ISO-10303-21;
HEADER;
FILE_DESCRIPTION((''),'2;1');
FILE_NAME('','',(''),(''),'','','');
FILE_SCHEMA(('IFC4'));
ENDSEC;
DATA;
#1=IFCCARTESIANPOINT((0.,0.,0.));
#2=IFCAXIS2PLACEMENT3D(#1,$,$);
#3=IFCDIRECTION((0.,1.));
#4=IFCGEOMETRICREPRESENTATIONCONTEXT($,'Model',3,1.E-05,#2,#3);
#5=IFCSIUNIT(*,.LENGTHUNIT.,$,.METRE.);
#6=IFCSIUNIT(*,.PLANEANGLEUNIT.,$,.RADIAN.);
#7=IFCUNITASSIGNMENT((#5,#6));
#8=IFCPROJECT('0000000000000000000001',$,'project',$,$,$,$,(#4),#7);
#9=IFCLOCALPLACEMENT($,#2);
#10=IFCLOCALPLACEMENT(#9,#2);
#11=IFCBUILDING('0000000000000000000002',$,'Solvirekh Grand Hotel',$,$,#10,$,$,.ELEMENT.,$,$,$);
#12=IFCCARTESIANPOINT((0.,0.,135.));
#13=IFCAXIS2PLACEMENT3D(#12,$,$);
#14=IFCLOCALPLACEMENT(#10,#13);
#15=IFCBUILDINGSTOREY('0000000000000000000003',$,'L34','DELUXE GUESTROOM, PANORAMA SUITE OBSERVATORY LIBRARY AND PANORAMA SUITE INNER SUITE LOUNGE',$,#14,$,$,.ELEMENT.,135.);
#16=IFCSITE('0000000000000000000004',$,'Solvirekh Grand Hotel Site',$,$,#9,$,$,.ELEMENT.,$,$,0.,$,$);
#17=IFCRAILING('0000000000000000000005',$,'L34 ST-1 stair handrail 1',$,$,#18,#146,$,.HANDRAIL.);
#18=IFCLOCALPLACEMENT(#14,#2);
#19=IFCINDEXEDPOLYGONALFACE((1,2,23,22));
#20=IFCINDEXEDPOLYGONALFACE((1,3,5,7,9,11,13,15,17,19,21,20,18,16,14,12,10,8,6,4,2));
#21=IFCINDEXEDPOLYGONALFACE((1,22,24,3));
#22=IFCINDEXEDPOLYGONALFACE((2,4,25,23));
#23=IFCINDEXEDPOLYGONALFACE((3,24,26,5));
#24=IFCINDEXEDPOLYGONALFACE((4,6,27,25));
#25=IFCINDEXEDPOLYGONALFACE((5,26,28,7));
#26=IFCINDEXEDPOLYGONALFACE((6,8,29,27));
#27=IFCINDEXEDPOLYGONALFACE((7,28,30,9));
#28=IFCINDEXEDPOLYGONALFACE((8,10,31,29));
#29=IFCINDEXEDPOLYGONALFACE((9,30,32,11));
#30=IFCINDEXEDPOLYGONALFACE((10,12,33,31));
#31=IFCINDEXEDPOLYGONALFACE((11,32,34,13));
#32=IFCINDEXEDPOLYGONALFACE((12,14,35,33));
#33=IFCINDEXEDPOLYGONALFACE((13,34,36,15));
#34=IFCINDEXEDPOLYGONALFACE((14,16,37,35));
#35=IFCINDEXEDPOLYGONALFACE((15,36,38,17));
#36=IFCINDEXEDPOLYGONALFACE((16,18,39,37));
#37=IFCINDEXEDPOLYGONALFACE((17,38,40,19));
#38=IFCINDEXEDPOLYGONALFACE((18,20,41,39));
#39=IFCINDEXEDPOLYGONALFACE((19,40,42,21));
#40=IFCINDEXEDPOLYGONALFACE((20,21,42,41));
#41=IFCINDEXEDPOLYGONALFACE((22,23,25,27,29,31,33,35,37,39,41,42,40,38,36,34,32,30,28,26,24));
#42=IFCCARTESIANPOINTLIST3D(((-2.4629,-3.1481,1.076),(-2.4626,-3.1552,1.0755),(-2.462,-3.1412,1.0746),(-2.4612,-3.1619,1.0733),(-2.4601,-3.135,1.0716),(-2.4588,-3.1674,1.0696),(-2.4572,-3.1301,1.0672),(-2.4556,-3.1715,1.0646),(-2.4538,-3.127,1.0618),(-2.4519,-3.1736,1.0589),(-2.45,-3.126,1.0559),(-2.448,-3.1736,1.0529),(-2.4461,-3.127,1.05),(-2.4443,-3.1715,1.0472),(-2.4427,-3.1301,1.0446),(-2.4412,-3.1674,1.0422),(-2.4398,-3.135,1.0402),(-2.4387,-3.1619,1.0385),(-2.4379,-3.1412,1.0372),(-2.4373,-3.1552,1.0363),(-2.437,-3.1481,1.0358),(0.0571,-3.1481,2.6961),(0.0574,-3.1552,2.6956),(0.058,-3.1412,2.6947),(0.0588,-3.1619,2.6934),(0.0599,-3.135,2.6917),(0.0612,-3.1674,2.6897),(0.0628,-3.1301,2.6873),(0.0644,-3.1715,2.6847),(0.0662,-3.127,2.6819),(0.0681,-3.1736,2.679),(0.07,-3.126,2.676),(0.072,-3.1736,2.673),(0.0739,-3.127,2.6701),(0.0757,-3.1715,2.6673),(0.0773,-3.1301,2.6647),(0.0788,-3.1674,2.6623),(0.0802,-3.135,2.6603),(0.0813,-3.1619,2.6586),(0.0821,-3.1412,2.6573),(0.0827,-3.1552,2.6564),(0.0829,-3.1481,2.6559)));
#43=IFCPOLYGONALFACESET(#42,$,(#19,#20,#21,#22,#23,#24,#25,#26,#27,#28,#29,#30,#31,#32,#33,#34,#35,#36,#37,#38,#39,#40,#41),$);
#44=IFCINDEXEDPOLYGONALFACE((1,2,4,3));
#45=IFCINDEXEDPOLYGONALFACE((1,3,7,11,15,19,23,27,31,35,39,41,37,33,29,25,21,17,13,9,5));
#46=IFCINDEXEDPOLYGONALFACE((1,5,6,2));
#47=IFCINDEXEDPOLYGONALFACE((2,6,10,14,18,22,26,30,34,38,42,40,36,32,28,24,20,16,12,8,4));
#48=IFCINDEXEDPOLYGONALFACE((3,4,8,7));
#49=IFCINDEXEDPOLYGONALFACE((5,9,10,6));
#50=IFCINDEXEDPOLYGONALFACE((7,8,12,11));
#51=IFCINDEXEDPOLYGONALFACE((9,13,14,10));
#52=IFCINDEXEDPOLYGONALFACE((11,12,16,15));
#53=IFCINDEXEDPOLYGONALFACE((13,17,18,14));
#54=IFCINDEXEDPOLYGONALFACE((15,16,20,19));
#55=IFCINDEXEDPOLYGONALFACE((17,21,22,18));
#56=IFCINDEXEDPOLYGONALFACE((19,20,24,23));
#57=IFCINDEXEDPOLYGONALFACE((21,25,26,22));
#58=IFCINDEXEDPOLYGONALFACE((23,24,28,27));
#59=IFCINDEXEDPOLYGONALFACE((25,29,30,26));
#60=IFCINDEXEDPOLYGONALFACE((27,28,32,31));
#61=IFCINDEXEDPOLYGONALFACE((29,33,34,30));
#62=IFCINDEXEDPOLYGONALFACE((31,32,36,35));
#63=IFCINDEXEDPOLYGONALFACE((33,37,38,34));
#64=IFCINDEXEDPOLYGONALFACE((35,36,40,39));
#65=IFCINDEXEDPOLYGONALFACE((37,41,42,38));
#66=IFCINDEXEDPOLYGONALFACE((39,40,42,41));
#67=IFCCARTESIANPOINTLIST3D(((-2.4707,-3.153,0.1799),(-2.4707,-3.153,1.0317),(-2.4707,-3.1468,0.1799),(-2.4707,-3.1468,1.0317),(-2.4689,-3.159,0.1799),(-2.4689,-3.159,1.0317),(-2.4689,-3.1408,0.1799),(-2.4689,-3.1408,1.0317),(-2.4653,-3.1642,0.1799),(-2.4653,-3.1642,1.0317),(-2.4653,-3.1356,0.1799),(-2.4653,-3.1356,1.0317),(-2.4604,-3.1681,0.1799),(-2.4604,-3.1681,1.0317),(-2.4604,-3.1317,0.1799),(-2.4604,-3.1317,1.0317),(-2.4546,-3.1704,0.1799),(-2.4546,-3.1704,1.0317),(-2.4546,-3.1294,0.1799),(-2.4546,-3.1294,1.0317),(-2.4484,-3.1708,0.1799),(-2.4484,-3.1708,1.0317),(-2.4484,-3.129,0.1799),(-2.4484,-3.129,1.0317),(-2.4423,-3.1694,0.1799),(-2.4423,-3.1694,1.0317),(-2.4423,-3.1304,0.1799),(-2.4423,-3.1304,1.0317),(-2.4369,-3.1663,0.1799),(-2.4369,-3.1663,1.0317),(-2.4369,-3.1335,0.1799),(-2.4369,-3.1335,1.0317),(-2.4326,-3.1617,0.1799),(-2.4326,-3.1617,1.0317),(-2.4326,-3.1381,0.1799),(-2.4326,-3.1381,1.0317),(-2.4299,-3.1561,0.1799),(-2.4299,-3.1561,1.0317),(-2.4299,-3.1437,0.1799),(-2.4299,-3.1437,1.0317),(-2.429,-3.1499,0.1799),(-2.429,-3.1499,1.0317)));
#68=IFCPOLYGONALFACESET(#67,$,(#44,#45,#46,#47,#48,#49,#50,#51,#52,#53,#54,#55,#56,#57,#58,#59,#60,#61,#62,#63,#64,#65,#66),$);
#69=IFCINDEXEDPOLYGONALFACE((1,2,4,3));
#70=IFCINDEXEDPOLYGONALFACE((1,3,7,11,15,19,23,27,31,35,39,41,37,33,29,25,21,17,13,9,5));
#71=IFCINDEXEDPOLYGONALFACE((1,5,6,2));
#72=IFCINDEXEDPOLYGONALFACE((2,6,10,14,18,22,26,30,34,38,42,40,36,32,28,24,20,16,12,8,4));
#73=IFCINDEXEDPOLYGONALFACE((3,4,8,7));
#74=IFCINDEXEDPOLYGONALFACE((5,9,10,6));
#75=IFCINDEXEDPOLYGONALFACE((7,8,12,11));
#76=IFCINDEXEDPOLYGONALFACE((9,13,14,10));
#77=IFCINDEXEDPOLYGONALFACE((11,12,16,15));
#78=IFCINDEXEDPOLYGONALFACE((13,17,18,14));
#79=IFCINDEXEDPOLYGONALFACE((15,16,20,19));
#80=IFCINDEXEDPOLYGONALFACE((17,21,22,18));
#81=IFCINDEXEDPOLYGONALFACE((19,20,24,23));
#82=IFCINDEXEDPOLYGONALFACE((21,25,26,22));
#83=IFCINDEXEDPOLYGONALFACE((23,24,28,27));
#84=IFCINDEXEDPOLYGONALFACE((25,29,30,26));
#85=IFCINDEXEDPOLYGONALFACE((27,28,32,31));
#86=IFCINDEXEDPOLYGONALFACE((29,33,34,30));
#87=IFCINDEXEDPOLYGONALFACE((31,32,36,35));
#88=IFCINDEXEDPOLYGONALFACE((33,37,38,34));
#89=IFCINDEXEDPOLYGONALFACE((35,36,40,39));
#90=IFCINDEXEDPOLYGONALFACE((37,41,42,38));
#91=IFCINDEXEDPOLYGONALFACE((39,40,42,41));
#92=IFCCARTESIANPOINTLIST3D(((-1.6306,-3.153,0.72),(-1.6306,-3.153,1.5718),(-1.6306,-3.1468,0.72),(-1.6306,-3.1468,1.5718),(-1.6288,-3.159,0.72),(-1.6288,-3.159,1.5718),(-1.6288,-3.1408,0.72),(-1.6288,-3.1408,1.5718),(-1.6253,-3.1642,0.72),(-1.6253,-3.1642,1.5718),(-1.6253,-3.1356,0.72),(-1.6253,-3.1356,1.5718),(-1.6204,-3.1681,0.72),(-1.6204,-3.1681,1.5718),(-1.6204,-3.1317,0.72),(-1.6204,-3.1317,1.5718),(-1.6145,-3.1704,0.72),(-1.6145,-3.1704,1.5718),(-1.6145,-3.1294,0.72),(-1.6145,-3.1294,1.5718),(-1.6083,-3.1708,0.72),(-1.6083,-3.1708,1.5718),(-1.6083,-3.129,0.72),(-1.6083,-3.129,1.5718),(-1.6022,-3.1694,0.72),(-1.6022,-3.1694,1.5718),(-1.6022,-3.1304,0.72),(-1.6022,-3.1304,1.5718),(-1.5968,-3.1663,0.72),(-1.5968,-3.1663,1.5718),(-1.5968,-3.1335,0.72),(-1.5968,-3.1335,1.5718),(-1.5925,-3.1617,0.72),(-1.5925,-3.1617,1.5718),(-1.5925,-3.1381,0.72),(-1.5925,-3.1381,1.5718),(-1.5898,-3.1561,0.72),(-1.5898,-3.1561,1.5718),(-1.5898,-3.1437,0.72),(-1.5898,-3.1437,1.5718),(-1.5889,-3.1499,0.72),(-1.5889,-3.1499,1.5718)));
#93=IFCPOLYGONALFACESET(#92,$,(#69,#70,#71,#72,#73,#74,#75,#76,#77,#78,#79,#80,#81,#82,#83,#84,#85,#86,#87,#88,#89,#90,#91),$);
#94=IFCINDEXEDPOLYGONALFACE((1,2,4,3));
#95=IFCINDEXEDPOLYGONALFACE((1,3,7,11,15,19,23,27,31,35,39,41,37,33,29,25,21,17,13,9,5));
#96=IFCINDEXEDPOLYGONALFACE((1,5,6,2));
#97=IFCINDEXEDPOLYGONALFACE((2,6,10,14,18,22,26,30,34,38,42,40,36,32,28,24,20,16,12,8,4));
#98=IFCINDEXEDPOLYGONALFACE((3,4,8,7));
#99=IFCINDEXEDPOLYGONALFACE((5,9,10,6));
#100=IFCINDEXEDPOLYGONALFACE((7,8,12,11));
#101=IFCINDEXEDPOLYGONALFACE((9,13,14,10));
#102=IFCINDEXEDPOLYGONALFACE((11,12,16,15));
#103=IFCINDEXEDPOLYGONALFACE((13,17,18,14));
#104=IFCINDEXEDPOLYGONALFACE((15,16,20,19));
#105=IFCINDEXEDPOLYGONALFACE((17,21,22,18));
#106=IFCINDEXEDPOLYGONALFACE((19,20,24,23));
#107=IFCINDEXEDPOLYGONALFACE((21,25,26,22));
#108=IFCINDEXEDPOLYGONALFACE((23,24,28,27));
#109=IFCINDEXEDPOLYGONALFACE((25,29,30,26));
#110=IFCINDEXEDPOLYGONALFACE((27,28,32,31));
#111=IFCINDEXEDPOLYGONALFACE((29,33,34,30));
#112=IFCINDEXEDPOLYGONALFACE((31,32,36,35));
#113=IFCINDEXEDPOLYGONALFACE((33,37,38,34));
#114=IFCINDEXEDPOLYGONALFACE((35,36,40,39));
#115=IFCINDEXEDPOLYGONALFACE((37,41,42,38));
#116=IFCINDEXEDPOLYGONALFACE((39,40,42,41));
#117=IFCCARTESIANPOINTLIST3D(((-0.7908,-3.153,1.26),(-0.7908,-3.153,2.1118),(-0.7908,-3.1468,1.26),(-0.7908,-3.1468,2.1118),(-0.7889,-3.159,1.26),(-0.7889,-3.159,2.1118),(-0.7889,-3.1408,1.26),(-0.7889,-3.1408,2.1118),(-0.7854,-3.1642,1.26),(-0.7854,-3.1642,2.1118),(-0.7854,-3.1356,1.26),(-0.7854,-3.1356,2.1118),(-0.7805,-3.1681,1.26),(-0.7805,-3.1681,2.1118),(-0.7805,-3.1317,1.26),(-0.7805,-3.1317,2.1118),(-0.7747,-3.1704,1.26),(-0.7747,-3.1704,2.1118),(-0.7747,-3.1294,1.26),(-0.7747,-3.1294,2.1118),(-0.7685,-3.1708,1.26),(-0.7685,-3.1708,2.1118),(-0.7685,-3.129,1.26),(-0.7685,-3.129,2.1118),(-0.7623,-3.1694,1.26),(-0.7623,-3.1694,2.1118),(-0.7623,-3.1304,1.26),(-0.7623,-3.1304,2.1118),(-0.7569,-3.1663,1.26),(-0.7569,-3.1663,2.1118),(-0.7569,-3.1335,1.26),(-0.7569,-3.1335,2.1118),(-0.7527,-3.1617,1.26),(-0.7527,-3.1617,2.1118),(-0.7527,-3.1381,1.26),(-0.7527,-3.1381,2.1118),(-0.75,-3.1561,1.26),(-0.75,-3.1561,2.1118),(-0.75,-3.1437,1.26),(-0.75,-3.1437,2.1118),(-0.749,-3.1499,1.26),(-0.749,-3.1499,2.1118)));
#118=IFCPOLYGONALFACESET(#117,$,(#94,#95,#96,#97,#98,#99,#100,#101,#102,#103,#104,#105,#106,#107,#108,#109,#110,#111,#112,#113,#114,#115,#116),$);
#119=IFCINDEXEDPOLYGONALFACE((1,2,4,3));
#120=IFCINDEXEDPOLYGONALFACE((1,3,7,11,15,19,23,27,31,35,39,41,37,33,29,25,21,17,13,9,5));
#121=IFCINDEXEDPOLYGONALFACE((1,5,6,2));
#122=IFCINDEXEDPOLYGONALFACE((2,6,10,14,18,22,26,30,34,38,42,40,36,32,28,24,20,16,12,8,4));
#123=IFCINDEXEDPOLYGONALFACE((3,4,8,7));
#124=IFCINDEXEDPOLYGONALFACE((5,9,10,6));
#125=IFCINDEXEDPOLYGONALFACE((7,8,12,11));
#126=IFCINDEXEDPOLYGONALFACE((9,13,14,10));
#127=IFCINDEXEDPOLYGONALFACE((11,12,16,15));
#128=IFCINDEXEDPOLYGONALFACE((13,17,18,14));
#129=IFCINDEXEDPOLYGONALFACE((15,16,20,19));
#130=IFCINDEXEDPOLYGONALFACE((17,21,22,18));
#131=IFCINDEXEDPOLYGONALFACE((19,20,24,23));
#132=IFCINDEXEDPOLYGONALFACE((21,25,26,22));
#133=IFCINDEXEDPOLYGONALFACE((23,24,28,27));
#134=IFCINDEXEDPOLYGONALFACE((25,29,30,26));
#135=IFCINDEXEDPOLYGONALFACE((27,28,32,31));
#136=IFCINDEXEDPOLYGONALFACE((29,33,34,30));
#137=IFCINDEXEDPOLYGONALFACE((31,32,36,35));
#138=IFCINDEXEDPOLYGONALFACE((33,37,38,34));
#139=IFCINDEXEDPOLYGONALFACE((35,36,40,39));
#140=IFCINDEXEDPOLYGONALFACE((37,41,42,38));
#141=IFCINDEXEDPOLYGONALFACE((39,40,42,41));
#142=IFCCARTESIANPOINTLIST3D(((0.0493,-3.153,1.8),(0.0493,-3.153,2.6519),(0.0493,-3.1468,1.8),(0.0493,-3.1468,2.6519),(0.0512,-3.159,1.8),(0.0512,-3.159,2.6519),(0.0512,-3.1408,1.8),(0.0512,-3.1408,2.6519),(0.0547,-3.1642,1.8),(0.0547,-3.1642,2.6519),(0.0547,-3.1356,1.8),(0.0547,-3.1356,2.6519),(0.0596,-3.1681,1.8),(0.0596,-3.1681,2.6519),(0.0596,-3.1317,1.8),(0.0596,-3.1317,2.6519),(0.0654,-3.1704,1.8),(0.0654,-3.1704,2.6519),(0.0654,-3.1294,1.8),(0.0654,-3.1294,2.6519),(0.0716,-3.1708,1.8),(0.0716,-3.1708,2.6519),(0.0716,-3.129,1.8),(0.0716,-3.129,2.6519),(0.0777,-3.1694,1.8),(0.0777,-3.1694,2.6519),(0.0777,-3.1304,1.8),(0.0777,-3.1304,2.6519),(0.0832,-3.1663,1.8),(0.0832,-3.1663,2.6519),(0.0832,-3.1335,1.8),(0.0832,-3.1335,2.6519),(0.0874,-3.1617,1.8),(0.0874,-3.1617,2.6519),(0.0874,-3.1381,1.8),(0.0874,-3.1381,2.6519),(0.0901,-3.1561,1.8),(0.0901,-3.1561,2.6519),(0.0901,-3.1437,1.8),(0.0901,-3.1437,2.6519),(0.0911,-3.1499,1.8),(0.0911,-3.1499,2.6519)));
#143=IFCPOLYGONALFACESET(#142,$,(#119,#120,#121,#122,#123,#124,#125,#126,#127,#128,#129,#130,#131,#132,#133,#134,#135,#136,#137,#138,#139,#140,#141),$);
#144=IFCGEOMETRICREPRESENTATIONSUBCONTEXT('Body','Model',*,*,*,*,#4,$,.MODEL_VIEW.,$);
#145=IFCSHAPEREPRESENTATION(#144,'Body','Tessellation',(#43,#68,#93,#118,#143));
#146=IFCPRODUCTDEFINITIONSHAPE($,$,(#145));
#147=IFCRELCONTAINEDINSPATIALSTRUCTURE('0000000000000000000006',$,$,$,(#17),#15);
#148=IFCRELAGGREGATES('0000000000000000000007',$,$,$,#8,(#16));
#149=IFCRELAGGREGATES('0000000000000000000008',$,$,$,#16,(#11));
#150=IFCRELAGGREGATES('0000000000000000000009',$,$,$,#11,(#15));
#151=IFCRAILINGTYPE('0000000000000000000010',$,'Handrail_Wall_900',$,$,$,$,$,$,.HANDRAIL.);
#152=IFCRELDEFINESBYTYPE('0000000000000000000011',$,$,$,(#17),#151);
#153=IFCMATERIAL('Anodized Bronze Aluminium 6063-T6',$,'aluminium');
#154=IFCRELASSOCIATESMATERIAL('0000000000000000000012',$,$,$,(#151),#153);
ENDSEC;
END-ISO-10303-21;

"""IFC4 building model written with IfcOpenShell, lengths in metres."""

from ifc_helpers import new_model, si_unit, direction, frame, origin, origin_2d, place, context, subcontext, project, spatial, circle, extrude, material, type_object, element, save


model = new_model("IFC4")

# Units and contexts
model_context = context("Model", 3, precision=1e-05, world=origin(), true_north=direction((0.0, 1.0)))
body_context = subcontext(model_context, "Body", "Model", "MODEL_VIEW")
ifc_project = project(units=[si_unit("LENGTHUNIT", "METRE"), si_unit("PLANEANGLEUNIT", "RADIAN")], contexts=[model_context])

# Site, building, storey
site_placement = place(None, origin())
site = spatial("IfcSite", under=ifc_project, at=site_placement, Name="Solvirekh Grand Hotel Site", CompositionType="ELEMENT", RefElevation=0.0)
building_placement = place(site_placement, origin())
building = spatial("IfcBuilding", under=site, at=building_placement, Name="Solvirekh Grand Hotel", CompositionType="ELEMENT")
storey_placement = place(building_placement, frame((0.0, 0.0, 135.0)))
storey = spatial("IfcBuildingStorey", under=building, at=storey_placement, Name="L34", Description="DELUXE GUESTROOM, PANORAMA SUITE OBSERVATORY LIBRARY AND PANORAMA SUITE INNER SUITE LOUNGE", CompositionType="ELEMENT", Elevation=135.0)

# Railing
ifc_material_1 = material(Name="Anodized Bronze Aluminium 6063-T6", Category="aluminium")
railing_type_1 = type_object("IfcRailingType", Name="Handrail_Wall_900", PredefinedType="HANDRAIL", material=ifc_material_1)
railing_1_placement = place(storey_placement, frame((-2.45, -3.1499, 0.1799)))
element("IfcRailing", 1, at=railing_1_placement, inside=storey, type_object=railing_type_1, Name="L34 ST-1 stair handrail 1", PredefinedType="HANDRAIL", context=body_context, shape_type="SweptSolid", body=[
    extrude(circle(Radius=0.0239, at=origin_2d()), frame((0.0, 0.0, 0.876), z_axis=(0.841163, 0.0, 0.540782), x_axis=(0.0, 1.0, 0.0)), (0.0, 0.0, 1.0), 2.9958),
    extrude(circle(Radius=0.021, at=origin_2d()), origin(), (0.0, 0.0, 1.0), 0.8518),
    extrude(circle(Radius=0.021, at=origin_2d()), frame((0.8401, 0.0, 0.54)), (0.0, 0.0, 1.0), 0.8518),
    extrude(circle(Radius=0.021, at=origin_2d()), frame((1.6799, 0.0, 1.0801)), (0.0, 0.0, 1.0), 0.8518),
    extrude(circle(Radius=0.021, at=origin_2d()), frame((2.52, 0.0, 1.6201)), (0.0, 0.0, 1.0), 0.8518),
])

save(model, "model.ifc")
